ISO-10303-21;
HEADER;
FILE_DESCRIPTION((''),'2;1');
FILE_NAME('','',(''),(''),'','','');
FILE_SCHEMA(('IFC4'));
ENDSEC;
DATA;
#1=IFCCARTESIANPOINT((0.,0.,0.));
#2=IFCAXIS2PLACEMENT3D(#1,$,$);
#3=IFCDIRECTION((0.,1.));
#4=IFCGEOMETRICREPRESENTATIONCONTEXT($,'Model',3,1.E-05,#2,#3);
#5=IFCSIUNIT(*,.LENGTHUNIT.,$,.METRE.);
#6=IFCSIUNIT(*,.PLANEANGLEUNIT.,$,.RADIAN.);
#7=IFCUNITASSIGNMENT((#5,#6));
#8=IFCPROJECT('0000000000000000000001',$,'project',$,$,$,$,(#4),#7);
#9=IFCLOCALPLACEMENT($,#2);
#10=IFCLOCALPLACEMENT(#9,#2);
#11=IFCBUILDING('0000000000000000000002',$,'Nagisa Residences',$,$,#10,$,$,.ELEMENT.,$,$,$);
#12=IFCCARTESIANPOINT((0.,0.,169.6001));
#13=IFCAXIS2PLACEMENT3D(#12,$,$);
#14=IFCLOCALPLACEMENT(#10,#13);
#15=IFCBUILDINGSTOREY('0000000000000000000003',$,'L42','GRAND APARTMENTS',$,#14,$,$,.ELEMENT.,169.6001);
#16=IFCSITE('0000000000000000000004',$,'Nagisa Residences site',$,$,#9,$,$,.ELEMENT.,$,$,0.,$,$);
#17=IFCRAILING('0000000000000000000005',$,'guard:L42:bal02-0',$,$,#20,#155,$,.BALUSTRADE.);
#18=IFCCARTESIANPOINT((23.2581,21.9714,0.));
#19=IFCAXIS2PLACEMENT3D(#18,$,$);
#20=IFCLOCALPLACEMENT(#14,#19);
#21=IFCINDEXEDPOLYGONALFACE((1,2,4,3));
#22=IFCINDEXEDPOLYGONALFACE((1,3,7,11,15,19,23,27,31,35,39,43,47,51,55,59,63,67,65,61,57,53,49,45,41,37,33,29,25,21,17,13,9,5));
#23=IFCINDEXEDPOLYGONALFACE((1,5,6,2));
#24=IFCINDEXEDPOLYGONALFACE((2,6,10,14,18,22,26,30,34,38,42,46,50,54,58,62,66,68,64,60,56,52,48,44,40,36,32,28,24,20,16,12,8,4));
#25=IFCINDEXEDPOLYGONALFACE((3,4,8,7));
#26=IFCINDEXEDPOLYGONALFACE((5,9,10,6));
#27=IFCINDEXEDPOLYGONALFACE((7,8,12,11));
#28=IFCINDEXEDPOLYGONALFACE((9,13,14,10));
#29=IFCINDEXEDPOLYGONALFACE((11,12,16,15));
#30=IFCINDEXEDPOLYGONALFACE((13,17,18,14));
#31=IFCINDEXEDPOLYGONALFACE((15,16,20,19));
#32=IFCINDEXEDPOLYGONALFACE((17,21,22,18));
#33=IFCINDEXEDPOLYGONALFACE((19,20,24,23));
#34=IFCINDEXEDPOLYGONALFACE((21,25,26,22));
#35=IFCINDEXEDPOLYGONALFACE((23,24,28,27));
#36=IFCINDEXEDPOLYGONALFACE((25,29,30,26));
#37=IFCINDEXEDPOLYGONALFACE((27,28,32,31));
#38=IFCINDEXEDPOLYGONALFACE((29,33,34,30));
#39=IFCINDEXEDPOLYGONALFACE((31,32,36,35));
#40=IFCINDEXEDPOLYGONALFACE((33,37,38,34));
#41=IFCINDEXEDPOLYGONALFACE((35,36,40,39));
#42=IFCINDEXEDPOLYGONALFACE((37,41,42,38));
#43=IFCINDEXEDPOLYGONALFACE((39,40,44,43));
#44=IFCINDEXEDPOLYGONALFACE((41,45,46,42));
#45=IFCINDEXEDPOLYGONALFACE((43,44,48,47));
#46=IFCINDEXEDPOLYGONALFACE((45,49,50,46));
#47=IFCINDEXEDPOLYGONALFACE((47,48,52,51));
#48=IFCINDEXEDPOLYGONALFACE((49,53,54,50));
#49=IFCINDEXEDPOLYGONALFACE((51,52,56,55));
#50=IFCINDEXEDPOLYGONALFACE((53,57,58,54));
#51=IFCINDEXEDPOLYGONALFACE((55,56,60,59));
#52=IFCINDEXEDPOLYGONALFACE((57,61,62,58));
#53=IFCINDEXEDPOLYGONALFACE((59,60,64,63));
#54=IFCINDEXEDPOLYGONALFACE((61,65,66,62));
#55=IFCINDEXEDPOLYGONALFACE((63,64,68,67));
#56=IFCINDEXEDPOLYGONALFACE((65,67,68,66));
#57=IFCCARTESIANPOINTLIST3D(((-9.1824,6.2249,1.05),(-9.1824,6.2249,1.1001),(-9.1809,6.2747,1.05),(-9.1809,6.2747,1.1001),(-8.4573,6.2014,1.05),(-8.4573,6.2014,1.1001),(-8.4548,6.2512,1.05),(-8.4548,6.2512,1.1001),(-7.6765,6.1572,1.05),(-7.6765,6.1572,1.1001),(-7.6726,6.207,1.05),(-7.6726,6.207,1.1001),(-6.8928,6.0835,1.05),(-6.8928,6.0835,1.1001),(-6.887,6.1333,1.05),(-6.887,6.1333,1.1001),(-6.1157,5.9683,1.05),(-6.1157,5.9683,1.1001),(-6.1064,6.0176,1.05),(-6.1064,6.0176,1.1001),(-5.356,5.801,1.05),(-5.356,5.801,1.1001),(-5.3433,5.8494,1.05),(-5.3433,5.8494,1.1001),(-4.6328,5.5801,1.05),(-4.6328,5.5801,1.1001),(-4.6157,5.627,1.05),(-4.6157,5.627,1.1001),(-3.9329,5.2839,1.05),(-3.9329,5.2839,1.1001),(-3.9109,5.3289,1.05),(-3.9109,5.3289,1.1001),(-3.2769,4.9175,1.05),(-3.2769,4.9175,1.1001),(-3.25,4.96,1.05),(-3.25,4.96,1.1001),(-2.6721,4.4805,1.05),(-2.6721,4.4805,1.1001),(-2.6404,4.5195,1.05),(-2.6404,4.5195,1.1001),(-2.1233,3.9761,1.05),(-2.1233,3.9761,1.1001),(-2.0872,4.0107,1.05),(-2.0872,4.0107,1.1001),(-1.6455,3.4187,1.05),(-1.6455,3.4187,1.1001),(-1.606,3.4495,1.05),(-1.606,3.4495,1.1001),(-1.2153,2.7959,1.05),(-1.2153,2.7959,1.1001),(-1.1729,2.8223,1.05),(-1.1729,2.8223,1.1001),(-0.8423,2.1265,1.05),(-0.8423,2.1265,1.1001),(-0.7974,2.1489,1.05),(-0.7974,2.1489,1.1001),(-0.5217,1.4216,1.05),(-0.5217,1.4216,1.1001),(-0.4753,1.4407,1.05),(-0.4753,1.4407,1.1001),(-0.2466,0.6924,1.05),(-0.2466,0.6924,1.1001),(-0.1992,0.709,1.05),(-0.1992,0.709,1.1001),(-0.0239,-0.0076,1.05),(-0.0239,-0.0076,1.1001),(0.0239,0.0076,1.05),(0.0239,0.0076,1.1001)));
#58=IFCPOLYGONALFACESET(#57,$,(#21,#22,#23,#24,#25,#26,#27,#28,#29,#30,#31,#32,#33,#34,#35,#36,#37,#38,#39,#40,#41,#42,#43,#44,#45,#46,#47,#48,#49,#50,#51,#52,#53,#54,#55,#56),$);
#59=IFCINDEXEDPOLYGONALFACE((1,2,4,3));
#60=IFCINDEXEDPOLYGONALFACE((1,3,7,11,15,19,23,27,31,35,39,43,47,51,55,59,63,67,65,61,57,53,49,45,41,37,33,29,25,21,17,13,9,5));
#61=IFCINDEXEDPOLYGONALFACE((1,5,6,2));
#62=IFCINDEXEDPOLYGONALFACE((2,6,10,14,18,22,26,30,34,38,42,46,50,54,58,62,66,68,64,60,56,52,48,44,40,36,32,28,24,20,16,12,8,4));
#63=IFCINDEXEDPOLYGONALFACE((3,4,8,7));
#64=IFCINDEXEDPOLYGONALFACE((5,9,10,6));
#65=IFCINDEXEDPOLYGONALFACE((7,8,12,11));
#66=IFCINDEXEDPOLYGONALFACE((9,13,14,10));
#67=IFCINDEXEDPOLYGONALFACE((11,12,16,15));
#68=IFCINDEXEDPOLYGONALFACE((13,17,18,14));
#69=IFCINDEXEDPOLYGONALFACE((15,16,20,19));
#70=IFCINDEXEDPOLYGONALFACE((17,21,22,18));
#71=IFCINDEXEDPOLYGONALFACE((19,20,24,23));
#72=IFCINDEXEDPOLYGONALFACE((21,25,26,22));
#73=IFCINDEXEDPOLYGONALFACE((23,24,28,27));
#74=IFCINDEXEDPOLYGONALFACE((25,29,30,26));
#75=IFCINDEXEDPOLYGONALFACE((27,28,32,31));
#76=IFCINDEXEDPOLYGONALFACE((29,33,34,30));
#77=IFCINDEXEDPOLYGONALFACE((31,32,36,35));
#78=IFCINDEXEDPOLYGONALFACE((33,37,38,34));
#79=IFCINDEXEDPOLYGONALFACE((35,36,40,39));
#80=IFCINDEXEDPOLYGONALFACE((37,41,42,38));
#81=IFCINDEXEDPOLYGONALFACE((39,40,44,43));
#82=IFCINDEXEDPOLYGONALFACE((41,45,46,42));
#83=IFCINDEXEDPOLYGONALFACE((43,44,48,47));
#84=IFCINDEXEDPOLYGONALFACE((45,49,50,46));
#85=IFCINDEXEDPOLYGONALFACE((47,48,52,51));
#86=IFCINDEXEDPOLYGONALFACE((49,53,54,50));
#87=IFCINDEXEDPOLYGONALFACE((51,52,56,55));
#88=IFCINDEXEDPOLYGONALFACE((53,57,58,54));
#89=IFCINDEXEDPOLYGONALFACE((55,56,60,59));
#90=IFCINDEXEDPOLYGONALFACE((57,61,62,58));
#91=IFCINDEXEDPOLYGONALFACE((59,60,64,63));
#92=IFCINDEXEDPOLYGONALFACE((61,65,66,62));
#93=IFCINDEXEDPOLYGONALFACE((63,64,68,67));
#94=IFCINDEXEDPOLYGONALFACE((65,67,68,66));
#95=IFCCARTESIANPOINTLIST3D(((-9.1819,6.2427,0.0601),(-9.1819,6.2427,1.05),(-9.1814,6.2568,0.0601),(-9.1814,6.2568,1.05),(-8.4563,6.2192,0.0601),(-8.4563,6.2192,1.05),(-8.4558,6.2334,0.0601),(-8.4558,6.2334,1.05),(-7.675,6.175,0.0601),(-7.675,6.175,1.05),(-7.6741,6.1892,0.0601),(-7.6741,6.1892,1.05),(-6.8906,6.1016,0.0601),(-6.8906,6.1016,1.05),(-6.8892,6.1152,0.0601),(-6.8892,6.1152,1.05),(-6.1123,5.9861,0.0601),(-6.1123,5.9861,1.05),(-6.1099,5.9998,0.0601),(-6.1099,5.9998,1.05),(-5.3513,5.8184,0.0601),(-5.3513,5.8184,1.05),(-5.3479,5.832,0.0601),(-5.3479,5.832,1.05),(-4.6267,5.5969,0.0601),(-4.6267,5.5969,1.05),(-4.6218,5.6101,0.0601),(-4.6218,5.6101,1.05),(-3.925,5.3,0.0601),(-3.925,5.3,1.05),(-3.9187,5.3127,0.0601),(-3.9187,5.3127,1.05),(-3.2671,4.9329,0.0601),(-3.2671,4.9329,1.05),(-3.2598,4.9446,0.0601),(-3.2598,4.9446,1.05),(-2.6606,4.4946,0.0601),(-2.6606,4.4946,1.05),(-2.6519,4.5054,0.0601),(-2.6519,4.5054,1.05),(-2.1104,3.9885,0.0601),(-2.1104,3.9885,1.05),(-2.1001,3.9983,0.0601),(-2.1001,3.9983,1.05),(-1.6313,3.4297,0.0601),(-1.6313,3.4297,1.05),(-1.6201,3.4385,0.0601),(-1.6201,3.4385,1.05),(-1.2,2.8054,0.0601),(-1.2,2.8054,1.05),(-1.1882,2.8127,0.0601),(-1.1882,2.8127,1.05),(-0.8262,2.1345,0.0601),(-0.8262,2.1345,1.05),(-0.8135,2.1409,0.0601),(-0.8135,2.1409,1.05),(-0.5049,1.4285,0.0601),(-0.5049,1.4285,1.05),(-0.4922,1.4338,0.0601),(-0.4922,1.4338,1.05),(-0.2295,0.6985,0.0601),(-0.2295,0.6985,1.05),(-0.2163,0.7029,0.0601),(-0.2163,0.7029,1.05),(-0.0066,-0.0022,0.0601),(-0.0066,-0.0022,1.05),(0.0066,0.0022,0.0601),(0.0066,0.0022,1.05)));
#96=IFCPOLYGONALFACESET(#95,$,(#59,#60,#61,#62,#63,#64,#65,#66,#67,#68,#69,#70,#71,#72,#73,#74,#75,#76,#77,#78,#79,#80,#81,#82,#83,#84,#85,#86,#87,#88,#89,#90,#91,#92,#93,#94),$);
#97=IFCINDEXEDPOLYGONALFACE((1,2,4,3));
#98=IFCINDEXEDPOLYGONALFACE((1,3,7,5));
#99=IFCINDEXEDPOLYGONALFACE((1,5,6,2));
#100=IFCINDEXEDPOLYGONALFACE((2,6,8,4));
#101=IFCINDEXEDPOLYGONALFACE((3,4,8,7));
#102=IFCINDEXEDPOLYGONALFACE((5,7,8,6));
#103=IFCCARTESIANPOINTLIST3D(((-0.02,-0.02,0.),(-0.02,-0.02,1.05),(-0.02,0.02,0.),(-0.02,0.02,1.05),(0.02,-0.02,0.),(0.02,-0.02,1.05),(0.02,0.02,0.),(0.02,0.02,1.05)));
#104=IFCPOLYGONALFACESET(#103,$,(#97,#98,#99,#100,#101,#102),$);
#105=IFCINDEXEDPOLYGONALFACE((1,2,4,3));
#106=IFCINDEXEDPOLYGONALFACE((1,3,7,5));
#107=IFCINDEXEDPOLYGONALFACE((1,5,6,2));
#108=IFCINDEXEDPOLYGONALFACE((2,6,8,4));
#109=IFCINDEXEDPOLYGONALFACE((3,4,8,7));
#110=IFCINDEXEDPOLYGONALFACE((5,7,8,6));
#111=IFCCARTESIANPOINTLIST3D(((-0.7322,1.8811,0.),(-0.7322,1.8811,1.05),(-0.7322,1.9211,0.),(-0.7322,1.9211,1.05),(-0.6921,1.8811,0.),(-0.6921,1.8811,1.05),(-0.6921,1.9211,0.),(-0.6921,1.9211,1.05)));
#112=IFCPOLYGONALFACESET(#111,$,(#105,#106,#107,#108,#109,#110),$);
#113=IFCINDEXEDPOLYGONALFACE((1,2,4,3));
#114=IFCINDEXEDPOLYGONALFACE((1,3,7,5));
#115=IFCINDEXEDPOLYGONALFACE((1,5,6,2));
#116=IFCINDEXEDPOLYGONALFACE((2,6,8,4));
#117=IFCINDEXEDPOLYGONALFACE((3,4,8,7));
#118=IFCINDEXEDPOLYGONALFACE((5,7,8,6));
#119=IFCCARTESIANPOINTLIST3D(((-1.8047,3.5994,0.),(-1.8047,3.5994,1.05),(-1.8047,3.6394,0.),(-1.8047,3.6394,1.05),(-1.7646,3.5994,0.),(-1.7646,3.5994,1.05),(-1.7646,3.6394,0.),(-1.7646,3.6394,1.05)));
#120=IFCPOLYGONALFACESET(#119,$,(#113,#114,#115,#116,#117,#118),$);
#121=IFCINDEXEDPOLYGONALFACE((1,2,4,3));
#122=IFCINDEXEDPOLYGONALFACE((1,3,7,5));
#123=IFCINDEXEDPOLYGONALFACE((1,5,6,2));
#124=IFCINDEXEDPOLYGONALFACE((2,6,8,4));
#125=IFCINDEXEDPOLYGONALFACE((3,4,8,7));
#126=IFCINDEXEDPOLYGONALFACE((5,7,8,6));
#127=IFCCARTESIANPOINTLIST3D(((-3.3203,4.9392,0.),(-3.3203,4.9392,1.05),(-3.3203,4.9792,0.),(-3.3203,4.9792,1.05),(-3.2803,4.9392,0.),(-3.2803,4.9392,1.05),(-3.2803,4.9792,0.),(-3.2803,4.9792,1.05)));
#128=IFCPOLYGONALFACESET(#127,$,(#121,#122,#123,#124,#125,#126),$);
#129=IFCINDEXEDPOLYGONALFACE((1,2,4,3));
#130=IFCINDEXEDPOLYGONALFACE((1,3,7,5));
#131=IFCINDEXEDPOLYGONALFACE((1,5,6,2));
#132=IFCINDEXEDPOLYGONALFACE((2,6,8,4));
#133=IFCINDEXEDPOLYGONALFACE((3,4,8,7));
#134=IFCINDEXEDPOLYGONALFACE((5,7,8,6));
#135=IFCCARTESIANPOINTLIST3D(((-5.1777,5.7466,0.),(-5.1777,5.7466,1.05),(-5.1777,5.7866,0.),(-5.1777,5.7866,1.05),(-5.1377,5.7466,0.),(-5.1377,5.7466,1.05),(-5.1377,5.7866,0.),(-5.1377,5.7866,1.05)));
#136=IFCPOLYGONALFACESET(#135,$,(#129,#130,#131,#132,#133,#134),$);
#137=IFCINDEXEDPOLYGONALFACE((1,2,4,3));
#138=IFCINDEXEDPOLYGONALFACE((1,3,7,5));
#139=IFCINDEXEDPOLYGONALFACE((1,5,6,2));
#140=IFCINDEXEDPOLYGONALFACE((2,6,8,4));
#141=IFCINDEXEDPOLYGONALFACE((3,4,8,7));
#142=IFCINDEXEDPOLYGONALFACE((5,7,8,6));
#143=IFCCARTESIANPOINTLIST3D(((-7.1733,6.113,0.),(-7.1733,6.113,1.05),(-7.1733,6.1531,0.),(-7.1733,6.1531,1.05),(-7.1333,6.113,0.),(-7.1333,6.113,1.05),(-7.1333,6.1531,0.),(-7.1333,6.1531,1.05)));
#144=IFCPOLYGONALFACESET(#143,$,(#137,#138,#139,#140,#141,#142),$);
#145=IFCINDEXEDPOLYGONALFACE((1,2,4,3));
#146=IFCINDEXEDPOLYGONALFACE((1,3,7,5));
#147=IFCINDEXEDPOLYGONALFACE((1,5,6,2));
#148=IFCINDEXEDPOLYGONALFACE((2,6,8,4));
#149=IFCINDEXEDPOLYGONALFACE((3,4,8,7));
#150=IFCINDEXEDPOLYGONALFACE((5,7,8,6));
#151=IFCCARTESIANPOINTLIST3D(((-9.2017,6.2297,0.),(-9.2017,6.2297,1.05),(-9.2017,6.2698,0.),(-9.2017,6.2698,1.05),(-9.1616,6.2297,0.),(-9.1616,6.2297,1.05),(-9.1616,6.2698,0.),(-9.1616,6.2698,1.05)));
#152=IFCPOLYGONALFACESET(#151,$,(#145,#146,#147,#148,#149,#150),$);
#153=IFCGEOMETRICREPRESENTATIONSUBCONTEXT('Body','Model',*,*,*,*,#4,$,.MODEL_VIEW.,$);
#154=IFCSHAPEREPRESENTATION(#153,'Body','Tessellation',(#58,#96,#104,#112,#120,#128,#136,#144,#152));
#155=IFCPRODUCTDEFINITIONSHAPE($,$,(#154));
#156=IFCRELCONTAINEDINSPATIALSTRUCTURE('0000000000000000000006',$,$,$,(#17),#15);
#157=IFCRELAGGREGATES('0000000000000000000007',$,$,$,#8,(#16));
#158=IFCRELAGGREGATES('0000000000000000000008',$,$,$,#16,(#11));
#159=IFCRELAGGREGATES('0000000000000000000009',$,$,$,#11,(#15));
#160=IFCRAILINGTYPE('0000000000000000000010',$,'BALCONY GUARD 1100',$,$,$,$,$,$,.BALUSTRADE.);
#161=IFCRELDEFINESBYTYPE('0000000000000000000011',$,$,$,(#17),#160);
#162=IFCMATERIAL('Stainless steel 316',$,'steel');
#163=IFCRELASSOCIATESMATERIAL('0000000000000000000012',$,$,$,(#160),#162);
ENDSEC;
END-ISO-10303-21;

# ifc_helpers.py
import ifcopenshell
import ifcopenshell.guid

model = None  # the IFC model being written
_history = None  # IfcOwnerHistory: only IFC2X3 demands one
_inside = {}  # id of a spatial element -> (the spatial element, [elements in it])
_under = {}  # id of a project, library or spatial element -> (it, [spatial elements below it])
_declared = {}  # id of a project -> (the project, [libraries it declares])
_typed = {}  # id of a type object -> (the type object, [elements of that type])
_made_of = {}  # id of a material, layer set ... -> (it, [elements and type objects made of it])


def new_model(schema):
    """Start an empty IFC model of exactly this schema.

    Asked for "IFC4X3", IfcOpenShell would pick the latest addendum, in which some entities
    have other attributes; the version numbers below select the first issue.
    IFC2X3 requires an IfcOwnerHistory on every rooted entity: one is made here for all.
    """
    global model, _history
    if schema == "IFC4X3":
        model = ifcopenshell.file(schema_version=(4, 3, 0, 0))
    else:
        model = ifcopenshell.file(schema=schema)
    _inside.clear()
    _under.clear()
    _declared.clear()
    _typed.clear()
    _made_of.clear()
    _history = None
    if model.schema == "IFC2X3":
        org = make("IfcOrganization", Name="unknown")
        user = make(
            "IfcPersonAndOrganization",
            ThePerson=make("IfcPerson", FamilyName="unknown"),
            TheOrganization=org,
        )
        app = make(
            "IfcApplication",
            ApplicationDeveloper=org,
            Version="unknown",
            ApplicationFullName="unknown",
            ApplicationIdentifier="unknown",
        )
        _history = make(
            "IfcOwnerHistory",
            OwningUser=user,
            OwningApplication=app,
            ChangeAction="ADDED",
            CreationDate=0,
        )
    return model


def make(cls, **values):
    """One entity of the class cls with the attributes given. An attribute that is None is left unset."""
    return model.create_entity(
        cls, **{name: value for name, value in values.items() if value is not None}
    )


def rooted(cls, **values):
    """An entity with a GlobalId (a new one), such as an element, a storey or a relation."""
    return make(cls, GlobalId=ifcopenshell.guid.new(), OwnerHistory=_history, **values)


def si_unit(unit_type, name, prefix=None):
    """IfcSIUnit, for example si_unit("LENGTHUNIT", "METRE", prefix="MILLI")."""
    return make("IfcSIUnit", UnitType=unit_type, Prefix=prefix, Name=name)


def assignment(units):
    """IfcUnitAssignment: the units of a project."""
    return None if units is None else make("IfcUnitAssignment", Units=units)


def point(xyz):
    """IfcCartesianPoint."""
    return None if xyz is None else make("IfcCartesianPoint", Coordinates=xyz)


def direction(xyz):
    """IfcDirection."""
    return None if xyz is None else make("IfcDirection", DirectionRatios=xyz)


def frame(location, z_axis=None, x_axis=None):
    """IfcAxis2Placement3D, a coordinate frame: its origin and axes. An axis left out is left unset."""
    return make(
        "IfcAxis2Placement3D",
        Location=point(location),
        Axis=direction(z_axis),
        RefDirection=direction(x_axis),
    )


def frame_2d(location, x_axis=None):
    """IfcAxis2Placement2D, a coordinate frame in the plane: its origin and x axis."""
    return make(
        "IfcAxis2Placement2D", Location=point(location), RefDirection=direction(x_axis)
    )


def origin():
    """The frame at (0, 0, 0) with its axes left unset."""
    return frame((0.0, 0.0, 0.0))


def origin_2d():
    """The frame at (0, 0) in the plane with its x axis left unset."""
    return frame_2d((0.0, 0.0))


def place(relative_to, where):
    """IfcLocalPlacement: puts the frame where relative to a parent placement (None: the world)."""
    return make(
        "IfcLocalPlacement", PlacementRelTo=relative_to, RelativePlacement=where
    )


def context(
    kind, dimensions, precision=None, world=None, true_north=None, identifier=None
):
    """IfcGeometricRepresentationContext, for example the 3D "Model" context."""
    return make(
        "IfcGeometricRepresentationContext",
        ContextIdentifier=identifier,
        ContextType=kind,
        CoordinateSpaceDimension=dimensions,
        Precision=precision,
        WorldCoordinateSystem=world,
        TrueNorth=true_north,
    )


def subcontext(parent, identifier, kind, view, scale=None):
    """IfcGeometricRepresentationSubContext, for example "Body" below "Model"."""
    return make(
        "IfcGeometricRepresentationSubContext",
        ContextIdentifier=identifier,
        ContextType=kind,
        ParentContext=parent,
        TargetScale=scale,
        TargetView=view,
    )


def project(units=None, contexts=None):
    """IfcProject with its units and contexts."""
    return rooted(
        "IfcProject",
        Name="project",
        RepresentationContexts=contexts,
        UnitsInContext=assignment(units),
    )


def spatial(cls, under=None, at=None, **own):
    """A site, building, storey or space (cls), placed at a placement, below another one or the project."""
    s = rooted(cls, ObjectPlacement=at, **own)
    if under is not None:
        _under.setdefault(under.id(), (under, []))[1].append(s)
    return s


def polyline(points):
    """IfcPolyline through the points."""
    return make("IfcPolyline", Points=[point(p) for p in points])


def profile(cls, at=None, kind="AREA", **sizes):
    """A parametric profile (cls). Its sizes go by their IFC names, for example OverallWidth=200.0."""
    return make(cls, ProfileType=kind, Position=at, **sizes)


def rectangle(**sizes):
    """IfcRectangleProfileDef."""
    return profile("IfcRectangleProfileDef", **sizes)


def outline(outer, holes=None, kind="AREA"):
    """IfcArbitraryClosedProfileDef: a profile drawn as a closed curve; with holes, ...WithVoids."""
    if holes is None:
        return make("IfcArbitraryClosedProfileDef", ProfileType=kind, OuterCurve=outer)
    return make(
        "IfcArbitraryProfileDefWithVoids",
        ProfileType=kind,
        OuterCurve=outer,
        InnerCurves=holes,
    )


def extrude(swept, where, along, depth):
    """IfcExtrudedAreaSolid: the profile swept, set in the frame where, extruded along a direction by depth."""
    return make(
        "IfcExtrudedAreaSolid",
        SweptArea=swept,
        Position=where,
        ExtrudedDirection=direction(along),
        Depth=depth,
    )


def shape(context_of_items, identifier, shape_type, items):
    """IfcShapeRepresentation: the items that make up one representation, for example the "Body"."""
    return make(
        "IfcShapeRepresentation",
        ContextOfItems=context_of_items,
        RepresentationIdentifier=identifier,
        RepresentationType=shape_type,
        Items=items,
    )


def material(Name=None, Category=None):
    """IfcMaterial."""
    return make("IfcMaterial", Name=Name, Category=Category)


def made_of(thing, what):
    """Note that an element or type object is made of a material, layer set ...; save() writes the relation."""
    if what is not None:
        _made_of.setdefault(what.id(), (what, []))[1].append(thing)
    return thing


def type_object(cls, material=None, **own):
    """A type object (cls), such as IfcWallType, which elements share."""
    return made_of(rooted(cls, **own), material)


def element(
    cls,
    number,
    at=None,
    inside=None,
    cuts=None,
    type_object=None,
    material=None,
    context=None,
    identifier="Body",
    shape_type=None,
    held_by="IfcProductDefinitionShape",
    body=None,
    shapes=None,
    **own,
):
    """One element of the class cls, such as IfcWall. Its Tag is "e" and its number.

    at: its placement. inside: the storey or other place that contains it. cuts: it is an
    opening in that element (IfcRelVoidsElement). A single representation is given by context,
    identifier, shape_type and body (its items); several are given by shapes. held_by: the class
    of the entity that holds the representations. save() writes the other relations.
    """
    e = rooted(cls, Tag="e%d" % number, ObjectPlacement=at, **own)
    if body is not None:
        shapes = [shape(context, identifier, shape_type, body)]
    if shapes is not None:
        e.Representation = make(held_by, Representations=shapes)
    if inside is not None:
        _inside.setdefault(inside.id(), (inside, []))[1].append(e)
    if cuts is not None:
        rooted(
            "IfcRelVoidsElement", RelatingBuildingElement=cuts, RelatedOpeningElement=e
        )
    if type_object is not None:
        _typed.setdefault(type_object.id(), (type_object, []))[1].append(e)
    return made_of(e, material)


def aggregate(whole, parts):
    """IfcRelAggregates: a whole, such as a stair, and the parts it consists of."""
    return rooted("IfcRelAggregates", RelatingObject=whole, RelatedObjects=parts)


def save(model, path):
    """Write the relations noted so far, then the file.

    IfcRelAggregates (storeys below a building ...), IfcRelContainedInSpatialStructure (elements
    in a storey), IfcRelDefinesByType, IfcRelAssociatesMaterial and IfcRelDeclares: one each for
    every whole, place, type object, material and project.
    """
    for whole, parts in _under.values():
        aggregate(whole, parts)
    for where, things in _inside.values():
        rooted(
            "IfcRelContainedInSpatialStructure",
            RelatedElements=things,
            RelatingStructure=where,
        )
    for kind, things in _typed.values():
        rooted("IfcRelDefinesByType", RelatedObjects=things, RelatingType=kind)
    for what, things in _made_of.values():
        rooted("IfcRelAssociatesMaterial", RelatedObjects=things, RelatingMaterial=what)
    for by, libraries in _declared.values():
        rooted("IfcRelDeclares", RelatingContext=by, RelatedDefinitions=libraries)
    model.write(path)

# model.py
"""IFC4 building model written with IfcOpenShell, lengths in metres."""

from ifc_helpers import new_model, si_unit, direction, frame, origin, origin_2d, place, context, subcontext, project, spatial, polyline, rectangle, outline, extrude, material, type_object, element, save


model = new_model("IFC4")

# Units and contexts
model_context = context("Model", 3, precision=1e-05, world=origin(), true_north=direction((0.0, 1.0)))
body_context = subcontext(model_context, "Body", "Model", "MODEL_VIEW")
ifc_project = project(units=[si_unit("LENGTHUNIT", "METRE"), si_unit("PLANEANGLEUNIT", "RADIAN")], contexts=[model_context])

# Site, building, storey
site_placement = place(None, origin())
site = spatial("IfcSite", under=ifc_project, at=site_placement, Name="Nagisa Residences site", CompositionType="ELEMENT", RefElevation=0.0)
building_placement = place(site_placement, origin())
building = spatial("IfcBuilding", under=site, at=building_placement, Name="Nagisa Residences", CompositionType="ELEMENT")
storey_placement = place(building_placement, frame((0.0, 0.0, 169.6001)))
storey = spatial("IfcBuildingStorey", under=building, at=storey_placement, Name="L42", Description="GRAND APARTMENTS", CompositionType="ELEMENT", Elevation=169.6001)

# Railing
ifc_material_1 = material(Name="Stainless steel 316", Category="steel")
railing_type = type_object("IfcRailingType", Name="BALCONY GUARD 1100", PredefinedType="BALUSTRADE", material=ifc_material_1)
railing_1_placement = place(storey_placement, frame((23.2581, 21.9714, 0.0)))
element("IfcRailing", 1, at=railing_1_placement, inside=storey, type_object=railing_type, Name="guard:L42:bal02-0", PredefinedType="BALUSTRADE", context=body_context, shape_type="SweptSolid", body=[
    extrude(outline(polyline([(-0.2466, 0.6924), (-0.0239, -0.0076), (0.0239, 0.0076), (-0.1992, 0.709), (-0.4753, 1.4407), (-0.7974, 2.1489), (-1.1729, 2.8223), (-1.606, 3.4495), (-2.0872, 4.0107), (-2.6404, 4.5195), (-3.25, 4.96), (-3.9109, 5.3289), (-4.6157, 5.627), (-5.3433, 5.8494), (-6.1064, 6.0176), (-6.887, 6.1333), (-7.6726, 6.207), (-8.4548, 6.2512), (-9.1809, 6.2747), (-9.1824, 6.2249), (-8.4573, 6.2014), (-7.6765, 6.1572), (-6.8928, 6.0835), (-6.1157, 5.9683), (-5.356, 5.801), (-4.6328, 5.5801), (-3.9329, 5.2839), (-3.2769, 4.9175), (-2.6721, 4.4805), (-2.1233, 3.9761), (-1.6455, 3.4187), (-1.2153, 2.7959), (-0.8423, 2.1265), (-0.5217, 1.4216), (-0.2466, 0.6924)])), frame((0.0, 0.0, 1.05)), (0.0, 0.0, 1.0), 0.05),
    extrude(outline(polyline([(-0.2295, 0.6985), (-0.0066, -0.0022), (0.0066, 0.0022), (-0.2163, 0.7029), (-0.4922, 1.4338), (-0.8135, 2.1409), (-1.1882, 2.8127), (-1.6201, 3.4385), (-2.1001, 3.9983), (-2.6519, 4.5054), (-3.2598, 4.9446), (-3.9187, 5.3127), (-4.6218, 5.6101), (-5.3479, 5.832), (-6.1099, 5.9998), (-6.8892, 6.1152), (-7.6741, 6.1892), (-8.4558, 6.2334), (-9.1814, 6.2568), (-9.1819, 6.2427), (-8.4563, 6.2192), (-7.675, 6.175), (-6.8906, 6.1016), (-6.1123, 5.9861), (-5.3513, 5.8184), (-4.6267, 5.5969), (-3.925, 5.3), (-3.2671, 4.9329), (-2.6606, 4.4946), (-2.1104, 3.9885), (-1.6313, 3.4297), (-1.2, 2.8054), (-0.8262, 2.1345), (-0.5049, 1.4285), (-0.2295, 0.6985)])), frame((0.0, 0.0, 0.0601)), (0.0, 0.0, 1.0), 0.99),
    extrude(rectangle(XDim=0.04, YDim=0.04, at=origin_2d()), origin(), (0.0, 0.0, 1.0), 1.05),
    extrude(rectangle(XDim=0.04, YDim=0.04, at=origin_2d()), frame((-0.7122, 1.9011, 0.0)), (0.0, 0.0, 1.0), 1.05),
    extrude(rectangle(XDim=0.04, YDim=0.04, at=origin_2d()), frame((-1.7847, 3.6194, 0.0)), (0.0, 0.0, 1.0), 1.05),
    extrude(rectangle(XDim=0.04, YDim=0.04, at=origin_2d()), frame((-3.3003, 4.9592, 0.0)), (0.0, 0.0, 1.0), 1.05),
    extrude(rectangle(XDim=0.04, YDim=0.04, at=origin_2d()), frame((-5.1577, 5.7666, 0.0)), (0.0, 0.0, 1.0), 1.05),
    extrude(rectangle(XDim=0.04, YDim=0.04, at=origin_2d()), frame((-7.1533, 6.1331, 0.0)), (0.0, 0.0, 1.0), 1.05),
    extrude(rectangle(XDim=0.04, YDim=0.04, at=origin_2d()), frame((-9.1816, 6.2498, 0.0)), (0.0, 0.0, 1.0), 1.05),
])

save(model, "model.ifc")
